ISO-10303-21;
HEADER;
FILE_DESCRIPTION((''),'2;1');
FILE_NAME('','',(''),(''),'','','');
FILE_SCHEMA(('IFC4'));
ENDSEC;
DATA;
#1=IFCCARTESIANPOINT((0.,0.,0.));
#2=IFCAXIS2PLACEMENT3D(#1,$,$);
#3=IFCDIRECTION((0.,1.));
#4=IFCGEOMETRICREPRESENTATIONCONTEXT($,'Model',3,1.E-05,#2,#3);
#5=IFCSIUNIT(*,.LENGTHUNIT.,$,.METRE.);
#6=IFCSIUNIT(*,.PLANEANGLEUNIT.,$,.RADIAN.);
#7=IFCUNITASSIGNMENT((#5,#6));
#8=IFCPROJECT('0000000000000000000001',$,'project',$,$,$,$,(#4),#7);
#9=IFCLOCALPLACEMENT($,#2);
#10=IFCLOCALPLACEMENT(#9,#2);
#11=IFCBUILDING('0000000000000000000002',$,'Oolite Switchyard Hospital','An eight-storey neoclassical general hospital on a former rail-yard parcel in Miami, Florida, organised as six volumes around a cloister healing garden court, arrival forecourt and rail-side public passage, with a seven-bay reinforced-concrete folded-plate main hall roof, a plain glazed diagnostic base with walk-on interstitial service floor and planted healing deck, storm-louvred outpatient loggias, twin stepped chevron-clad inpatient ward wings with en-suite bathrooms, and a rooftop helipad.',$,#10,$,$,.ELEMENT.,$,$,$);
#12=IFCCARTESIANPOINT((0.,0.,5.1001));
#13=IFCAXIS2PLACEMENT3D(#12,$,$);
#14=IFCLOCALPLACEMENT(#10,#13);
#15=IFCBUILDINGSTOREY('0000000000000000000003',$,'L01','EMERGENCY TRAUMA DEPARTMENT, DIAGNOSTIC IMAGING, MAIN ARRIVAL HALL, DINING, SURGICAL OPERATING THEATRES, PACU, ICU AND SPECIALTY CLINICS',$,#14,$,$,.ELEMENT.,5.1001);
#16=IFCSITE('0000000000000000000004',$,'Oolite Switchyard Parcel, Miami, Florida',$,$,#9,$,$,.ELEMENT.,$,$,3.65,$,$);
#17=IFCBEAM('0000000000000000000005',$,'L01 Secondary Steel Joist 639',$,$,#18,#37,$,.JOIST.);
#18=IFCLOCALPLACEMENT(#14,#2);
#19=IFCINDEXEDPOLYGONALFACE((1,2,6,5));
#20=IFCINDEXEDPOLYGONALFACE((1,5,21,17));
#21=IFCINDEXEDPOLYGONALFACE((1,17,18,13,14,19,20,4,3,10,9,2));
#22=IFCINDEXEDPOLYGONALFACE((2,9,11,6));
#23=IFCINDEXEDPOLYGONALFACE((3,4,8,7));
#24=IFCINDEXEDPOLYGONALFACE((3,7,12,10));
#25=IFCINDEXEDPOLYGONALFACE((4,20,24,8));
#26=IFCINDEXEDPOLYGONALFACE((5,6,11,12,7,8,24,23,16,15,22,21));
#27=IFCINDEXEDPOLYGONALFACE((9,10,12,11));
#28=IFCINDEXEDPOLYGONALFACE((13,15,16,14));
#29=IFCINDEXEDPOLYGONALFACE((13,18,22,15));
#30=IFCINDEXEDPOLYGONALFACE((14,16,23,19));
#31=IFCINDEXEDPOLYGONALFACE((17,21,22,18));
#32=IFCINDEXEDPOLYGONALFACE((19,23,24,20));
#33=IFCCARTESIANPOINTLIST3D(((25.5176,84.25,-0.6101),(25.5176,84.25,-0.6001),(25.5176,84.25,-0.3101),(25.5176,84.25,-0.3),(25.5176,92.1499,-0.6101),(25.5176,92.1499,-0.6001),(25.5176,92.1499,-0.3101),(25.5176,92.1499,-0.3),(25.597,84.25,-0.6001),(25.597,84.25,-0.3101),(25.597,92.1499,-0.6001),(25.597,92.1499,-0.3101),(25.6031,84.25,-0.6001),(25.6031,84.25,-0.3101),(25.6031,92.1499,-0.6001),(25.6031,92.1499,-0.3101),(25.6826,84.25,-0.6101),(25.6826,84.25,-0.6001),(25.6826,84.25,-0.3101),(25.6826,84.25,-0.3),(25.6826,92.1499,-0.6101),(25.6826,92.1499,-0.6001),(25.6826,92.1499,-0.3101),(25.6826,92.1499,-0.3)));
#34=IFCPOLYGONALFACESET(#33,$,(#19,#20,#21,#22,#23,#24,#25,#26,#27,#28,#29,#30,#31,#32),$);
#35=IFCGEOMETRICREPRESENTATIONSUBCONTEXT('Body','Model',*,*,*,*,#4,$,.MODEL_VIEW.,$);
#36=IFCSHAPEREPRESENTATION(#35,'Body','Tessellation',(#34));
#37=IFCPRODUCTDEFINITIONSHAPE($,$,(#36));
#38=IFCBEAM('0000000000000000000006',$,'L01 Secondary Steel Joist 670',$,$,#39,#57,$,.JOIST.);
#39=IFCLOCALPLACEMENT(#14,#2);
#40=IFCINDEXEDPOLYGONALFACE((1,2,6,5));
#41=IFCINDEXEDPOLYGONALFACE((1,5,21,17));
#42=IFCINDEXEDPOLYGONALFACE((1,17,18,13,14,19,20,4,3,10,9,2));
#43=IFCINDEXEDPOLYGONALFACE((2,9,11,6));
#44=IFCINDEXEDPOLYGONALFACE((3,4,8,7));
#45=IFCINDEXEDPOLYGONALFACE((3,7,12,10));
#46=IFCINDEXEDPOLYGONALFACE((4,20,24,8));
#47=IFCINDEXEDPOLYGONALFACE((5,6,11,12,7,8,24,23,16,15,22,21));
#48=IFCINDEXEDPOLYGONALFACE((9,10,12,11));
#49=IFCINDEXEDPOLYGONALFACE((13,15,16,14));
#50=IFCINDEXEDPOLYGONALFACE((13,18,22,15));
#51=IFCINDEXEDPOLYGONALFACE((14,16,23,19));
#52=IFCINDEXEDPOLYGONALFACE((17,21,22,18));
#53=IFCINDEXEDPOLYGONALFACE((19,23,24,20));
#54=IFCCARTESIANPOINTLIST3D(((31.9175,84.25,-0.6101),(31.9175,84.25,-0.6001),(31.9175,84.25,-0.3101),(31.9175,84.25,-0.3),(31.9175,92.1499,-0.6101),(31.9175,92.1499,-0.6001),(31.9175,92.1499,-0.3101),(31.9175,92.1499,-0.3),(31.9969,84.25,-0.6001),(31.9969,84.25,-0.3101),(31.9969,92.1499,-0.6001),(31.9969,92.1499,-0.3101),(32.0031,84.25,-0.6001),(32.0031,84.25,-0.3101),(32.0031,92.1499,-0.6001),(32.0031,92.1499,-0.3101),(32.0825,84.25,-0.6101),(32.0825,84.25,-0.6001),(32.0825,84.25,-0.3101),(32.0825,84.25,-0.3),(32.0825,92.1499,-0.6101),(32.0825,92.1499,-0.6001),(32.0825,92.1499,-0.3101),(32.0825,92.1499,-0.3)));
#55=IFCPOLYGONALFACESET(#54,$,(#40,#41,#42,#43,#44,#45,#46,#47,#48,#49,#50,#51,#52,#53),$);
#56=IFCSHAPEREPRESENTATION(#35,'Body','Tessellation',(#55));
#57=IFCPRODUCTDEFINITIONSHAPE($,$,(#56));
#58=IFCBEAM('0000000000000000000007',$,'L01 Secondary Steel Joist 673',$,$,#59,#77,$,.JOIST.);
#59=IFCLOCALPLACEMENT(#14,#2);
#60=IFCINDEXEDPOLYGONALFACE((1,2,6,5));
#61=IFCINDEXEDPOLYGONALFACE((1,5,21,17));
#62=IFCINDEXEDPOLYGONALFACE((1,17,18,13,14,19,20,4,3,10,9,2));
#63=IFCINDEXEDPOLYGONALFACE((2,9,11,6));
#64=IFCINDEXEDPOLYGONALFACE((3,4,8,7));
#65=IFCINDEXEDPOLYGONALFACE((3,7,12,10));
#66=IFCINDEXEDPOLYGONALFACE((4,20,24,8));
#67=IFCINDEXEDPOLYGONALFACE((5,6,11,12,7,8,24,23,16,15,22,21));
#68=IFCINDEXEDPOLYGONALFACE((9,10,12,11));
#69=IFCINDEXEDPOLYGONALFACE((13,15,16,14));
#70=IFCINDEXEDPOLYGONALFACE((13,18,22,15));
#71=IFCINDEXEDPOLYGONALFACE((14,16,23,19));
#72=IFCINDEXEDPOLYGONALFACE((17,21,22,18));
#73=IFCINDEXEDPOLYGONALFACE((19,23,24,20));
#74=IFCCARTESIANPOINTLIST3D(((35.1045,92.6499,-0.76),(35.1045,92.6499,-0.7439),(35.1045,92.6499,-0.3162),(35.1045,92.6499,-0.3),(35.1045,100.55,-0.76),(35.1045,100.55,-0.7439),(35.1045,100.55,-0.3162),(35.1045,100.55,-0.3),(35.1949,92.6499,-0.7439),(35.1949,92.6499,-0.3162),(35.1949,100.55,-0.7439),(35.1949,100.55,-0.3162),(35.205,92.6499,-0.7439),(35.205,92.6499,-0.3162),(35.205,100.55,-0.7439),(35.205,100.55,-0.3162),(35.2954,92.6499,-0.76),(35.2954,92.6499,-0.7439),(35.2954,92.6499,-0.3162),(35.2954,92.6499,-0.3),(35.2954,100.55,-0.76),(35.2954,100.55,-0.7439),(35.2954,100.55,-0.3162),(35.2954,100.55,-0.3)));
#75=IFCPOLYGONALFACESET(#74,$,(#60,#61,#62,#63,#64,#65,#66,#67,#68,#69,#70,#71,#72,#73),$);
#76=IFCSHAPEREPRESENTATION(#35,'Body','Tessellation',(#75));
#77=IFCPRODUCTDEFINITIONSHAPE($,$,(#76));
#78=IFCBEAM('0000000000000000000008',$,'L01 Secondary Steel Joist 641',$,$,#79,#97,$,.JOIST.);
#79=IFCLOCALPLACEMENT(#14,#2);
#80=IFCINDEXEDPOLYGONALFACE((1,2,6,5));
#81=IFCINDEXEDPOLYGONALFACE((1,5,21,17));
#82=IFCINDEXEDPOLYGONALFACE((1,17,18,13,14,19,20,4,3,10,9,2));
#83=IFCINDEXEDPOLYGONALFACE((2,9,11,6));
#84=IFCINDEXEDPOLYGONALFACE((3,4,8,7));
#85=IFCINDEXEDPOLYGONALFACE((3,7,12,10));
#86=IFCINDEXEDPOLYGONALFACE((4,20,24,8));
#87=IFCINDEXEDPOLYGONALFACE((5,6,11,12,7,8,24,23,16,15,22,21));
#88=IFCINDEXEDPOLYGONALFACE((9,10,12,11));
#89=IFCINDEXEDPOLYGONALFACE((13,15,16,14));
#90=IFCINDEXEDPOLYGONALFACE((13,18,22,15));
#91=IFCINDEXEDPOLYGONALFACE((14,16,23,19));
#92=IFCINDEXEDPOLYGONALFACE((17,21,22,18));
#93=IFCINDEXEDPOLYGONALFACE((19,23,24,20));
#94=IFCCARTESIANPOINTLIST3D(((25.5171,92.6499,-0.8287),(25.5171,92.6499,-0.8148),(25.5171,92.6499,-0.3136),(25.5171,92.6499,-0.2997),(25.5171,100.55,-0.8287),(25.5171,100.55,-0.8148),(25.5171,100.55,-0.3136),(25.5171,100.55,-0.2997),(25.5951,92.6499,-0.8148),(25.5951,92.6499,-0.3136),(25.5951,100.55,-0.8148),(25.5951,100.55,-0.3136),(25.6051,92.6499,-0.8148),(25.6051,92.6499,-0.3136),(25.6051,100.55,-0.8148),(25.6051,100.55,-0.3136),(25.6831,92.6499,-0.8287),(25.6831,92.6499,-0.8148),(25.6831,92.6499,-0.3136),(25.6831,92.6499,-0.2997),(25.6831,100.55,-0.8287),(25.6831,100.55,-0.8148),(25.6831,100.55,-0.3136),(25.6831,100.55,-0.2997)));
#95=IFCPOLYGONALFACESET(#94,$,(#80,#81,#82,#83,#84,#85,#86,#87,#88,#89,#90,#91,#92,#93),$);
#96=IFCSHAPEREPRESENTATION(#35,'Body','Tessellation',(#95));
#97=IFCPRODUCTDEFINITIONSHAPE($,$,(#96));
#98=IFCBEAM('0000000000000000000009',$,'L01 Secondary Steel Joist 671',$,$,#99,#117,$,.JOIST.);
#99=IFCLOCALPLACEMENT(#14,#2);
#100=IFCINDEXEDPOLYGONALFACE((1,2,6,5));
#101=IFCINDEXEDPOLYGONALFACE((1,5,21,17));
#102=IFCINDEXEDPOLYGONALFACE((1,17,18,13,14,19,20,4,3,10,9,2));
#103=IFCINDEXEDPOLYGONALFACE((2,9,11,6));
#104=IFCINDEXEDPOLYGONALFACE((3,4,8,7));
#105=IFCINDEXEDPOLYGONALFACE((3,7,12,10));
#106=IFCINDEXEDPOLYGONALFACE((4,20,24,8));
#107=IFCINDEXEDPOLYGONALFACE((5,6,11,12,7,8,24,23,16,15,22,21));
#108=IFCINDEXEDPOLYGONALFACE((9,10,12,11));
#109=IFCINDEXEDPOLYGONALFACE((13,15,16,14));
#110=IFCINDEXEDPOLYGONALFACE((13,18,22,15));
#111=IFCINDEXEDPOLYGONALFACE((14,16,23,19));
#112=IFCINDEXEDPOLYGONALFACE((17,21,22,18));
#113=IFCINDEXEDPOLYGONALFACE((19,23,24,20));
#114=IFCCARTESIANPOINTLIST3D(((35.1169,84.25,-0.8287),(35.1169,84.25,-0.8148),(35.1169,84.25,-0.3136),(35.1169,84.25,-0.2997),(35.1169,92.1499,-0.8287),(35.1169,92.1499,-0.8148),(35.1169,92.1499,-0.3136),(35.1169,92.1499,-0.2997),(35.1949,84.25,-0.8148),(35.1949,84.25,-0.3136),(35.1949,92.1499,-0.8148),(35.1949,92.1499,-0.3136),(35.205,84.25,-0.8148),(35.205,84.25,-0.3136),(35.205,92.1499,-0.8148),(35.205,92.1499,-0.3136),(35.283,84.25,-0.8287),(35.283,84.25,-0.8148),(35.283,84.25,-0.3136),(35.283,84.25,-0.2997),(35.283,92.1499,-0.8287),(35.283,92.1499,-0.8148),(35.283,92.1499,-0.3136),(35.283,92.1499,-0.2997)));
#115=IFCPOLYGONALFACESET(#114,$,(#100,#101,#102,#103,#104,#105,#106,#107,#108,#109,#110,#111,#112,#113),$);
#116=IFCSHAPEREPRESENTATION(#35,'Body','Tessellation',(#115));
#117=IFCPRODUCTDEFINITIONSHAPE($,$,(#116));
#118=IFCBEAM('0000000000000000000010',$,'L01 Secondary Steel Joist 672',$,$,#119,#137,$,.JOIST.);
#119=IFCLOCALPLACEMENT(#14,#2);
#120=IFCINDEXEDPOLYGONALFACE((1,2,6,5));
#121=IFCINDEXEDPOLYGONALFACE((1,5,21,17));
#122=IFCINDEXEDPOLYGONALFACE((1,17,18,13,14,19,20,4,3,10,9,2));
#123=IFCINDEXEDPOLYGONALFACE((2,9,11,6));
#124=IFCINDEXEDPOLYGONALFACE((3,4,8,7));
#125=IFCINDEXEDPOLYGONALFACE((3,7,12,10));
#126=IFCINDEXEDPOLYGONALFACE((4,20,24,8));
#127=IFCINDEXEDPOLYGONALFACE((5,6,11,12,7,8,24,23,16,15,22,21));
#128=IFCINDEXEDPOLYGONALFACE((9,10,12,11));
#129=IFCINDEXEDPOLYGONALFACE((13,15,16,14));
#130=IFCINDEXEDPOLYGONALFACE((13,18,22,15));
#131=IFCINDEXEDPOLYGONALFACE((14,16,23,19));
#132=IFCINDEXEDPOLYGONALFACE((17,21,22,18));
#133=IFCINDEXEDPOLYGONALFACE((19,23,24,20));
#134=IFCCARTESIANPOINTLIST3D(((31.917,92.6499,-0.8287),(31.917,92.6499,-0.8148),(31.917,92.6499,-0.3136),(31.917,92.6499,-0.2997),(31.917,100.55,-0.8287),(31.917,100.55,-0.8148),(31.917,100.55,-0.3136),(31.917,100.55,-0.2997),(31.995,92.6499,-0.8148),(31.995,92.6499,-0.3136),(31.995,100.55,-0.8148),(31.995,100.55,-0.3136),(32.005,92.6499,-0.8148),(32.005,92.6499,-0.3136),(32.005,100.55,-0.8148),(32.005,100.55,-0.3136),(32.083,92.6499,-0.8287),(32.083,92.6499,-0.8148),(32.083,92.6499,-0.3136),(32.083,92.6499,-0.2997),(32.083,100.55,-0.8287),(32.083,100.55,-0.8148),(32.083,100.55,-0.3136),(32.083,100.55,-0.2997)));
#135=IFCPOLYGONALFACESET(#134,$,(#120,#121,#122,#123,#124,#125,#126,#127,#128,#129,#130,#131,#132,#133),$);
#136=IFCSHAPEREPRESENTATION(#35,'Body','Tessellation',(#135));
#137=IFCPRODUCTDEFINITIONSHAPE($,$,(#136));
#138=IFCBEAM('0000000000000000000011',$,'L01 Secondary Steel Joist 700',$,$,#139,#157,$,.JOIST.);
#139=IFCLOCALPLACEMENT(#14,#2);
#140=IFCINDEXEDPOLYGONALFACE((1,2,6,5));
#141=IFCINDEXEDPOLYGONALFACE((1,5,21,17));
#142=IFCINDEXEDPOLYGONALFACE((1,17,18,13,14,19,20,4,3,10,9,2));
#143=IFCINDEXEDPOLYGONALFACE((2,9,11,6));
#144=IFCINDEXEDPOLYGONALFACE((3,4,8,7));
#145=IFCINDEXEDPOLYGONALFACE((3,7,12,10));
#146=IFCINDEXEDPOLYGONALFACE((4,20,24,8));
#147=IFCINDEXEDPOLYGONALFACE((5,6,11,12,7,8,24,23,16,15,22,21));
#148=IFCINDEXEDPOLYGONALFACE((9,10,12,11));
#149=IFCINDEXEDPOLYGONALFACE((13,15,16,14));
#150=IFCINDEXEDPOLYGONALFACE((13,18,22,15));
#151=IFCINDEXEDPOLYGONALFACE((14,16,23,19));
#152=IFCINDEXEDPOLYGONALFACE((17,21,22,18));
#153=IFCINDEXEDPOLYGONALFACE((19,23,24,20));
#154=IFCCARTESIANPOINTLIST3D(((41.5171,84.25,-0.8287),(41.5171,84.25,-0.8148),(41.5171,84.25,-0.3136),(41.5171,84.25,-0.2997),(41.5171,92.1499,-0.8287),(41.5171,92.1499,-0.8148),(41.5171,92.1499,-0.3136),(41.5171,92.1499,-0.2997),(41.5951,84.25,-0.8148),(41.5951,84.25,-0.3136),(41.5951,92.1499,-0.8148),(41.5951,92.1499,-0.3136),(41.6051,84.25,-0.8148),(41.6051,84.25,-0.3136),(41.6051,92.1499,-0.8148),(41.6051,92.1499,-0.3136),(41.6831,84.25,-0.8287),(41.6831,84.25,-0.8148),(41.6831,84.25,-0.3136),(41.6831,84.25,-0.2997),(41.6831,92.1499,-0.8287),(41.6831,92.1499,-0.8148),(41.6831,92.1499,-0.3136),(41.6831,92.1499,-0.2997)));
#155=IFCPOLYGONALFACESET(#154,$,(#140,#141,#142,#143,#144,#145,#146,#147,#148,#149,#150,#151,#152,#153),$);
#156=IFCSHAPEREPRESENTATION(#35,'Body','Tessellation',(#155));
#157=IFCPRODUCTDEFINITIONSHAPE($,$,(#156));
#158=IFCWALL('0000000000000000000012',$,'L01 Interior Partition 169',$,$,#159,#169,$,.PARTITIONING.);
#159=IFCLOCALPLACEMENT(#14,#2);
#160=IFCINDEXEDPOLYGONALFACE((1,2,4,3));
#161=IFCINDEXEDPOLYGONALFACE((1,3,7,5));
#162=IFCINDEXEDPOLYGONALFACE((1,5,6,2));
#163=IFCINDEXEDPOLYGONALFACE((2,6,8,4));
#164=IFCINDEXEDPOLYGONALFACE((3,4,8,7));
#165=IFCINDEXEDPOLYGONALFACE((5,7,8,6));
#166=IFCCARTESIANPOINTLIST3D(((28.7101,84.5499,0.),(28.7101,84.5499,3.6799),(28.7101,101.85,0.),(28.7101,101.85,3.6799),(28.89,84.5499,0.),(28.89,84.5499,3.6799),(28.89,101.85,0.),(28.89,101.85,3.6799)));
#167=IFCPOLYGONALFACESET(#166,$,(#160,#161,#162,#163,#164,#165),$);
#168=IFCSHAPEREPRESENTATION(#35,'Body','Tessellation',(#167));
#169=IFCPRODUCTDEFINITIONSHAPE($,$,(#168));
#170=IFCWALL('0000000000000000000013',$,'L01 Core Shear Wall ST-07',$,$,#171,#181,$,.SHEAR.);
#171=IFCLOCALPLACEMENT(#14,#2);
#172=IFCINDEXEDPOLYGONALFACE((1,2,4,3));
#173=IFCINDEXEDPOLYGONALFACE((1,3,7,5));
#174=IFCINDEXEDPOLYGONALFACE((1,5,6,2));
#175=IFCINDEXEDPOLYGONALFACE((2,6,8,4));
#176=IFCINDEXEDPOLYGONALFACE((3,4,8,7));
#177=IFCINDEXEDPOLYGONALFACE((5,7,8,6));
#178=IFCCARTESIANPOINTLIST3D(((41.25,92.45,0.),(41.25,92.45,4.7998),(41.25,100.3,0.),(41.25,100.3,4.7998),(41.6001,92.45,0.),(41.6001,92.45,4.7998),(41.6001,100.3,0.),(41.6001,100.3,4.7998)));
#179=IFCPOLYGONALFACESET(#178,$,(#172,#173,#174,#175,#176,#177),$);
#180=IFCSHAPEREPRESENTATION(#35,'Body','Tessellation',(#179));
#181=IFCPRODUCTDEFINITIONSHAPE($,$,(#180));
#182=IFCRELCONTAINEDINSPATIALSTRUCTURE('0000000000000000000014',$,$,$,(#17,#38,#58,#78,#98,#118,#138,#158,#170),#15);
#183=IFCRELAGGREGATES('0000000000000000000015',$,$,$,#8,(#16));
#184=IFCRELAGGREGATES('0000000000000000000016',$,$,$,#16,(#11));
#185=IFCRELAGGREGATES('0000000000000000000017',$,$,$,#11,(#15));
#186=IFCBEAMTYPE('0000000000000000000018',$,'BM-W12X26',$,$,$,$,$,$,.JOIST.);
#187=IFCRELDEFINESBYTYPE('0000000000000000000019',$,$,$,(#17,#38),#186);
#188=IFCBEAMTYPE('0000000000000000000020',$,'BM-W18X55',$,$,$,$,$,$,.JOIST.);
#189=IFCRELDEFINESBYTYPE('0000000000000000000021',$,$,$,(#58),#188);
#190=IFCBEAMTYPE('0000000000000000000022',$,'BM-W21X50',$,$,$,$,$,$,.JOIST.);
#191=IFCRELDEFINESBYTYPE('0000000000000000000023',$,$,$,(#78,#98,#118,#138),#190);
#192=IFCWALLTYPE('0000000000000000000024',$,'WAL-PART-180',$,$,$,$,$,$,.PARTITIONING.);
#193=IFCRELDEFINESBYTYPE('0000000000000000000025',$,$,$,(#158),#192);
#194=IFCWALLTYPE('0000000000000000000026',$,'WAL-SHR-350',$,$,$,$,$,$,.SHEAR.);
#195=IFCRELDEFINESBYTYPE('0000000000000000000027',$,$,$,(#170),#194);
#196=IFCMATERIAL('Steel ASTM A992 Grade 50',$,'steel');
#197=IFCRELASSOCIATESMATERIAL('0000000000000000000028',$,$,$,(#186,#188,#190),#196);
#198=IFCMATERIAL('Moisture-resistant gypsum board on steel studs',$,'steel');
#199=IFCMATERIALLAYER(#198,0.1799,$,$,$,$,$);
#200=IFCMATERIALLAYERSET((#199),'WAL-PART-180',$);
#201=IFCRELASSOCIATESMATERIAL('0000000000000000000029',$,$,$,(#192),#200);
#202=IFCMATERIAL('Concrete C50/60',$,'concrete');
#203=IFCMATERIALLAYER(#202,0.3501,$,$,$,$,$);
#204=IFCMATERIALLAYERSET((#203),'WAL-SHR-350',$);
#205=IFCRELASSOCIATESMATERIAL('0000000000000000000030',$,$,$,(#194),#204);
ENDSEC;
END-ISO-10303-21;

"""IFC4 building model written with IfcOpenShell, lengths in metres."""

from ifc_helpers import new_model, si_unit, direction, frame, frame_2d, origin, origin_2d, place, context, subcontext, project, spatial, rectangle, i_section, extrude, material, layer, layer_set, material_profile, profile_set, type_object, element, save


model = new_model("IFC4")

# Units and contexts
model_context = context("Model", 3, precision=1e-05, world=origin(), true_north=direction((0.0, 1.0)))
body_context = subcontext(model_context, "Body", "Model", "MODEL_VIEW")
ifc_project = project(units=[si_unit("LENGTHUNIT", "METRE"), si_unit("PLANEANGLEUNIT", "RADIAN")], contexts=[model_context])

# Site, building, storey
site_placement = place(None, origin())
site = spatial("IfcSite", under=ifc_project, at=site_placement, Name="Oolite Switchyard Parcel, Miami, Florida", CompositionType="ELEMENT", RefElevation=3.65)
building_placement = place(site_placement, origin())
building = spatial("IfcBuilding", under=site, at=building_placement, Name="Oolite Switchyard Hospital", Description="An eight-storey neoclassical general hospital on a former rail-yard parcel in Miami, Florida, organised as six volumes around a cloister healing garden court, arrival forecourt and rail-side public passage, with a seven-bay reinforced-concrete folded-plate main hall roof, a plain glazed diagnostic base with walk-on interstitial service floor and planted healing deck, storm-louvred outpatient loggias, twin stepped chevron-clad inpatient ward wings with en-suite bathrooms, and a rooftop helipad.", CompositionType="ELEMENT")
storey_placement = place(building_placement, frame((0.0, 0.0, 5.1001)))
storey = spatial("IfcBuildingStorey", under=building, at=storey_placement, Name="L01", Description="EMERGENCY TRAUMA DEPARTMENT, DIAGNOSTIC IMAGING, MAIN ARRIVAL HALL, DINING, SURGICAL OPERATING THEATRES, PACU, ICU AND SPECIALTY CLINICS", CompositionType="ELEMENT", Elevation=5.1001)

# Shared definitions
ifc_material_1 = material(Name="Concrete C50/60", Category="concrete")

# Beams
ifc_material_2 = material(Name="Steel ASTM A992 Grade 50", Category="steel")
ifc_material_profile_1 = material_profile(ifc_material_2, i_section(OverallWidth=0.165, OverallDepth=0.3101, WebThickness=0.0061, FlangeThickness=0.01, at=origin_2d()), Name="W12X26")
ifc_profile_set_1 = profile_set([ifc_material_profile_1], Name="Steel ASTM A992 Grade 50")
beam_type_1 = type_object("IfcBeamType", Name="BM-W12X26", PredefinedType="JOIST", material=ifc_profile_set_1)
for number, where, z_axis, x_axis, name in (
    (1, (25.6001, 84.25, -0.4551), (0.0, 1.0, 0.0), (-1.0, 0.0, 0.0), "L01 Secondary Steel Joist 639"),
    (2, (32.0, 84.25, -0.4551), (0.0, 1.0, 0.0), (-1.0, 0.0, 0.0), "L01 Secondary Steel Joist 670"),
):
    element("IfcBeam", number, at=place(storey_placement, frame(where, z_axis=z_axis, x_axis=x_axis)), inside=storey, type_object=beam_type_1, Name=name, PredefinedType="JOIST", context=body_context, shape_type="SweptSolid", body=[
        extrude(i_section(OverallWidth=0.165, OverallDepth=0.3101, WebThickness=0.0061, FlangeThickness=0.01, at=origin_2d()), origin(), (0.0, 0.0, 1.0), 7.8999),
    ])
ifc_material_profile_2 = material_profile(ifc_material_2, i_section(OverallWidth=0.1909, OverallDepth=0.46, WebThickness=0.01, FlangeThickness=0.0161, at=origin_2d()), Name="W18X55")
ifc_profile_set_2 = profile_set([ifc_material_profile_2], Name="Steel ASTM A992 Grade 50")
beam_type_2 = type_object("IfcBeamType", Name="BM-W18X55", PredefinedType="JOIST", material=ifc_profile_set_2)
beam_1_placement = place(storey_placement, frame((35.2, 92.6499, -0.53), z_axis=(0.0, 1.0, 0.0), x_axis=(-1.0, 0.0, 0.0)))
element("IfcBeam", 3, at=beam_1_placement, inside=storey, type_object=beam_type_2, Name="L01 Secondary Steel Joist 673", PredefinedType="JOIST", context=body_context, shape_type="SweptSolid", body=[
    extrude(i_section(OverallWidth=0.1909, OverallDepth=0.46, WebThickness=0.01, FlangeThickness=0.0161, at=origin_2d()), origin(), (0.0, 0.0, 1.0), 7.9001),
])
ifc_material_profile_3 = material_profile(ifc_material_2, i_section(OverallWidth=0.166, OverallDepth=0.5291, WebThickness=0.01, FlangeThickness=0.0139, at=origin_2d()), Name="W21X50")
ifc_profile_set_3 = profile_set([ifc_material_profile_3], Name="Steel ASTM A992 Grade 50")
beam_type_3 = type_object("IfcBeamType", Name="BM-W21X50", PredefinedType="JOIST", material=ifc_profile_set_3)
beam_2_placement = place(storey_placement, frame((25.6001, 92.6499, -0.5642), z_axis=(0.0, 1.0, 0.0), x_axis=(-1.0, 0.0, 0.0)))
element("IfcBeam", 4, at=beam_2_placement, inside=storey, type_object=beam_type_3, Name="L01 Secondary Steel Joist 641", PredefinedType="JOIST", context=body_context, shape_type="SweptSolid", body=[
    extrude(i_section(OverallWidth=0.166, OverallDepth=0.5291, WebThickness=0.01, FlangeThickness=0.0139, at=origin_2d()), origin(), (0.0, 0.0, 1.0), 7.9001),
])
beam_3_placement = place(storey_placement, frame((35.2, 84.25, -0.5642), z_axis=(0.0, 1.0, 0.0), x_axis=(-1.0, 0.0, 0.0)))
element("IfcBeam", 5, at=beam_3_placement, inside=storey, type_object=beam_type_3, Name="L01 Secondary Steel Joist 671", PredefinedType="JOIST", context=body_context, shape_type="SweptSolid", body=[
    extrude(i_section(OverallWidth=0.166, OverallDepth=0.5291, WebThickness=0.01, FlangeThickness=0.0139, at=origin_2d()), origin(), (0.0, 0.0, 1.0), 7.8999),
])
beam_4_placement = place(storey_placement, frame((32.0, 92.6499, -0.5642), z_axis=(0.0, 1.0, 0.0), x_axis=(-1.0, 0.0, 0.0)))
element("IfcBeam", 6, at=beam_4_placement, inside=storey, type_object=beam_type_3, Name="L01 Secondary Steel Joist 672", PredefinedType="JOIST", context=body_context, shape_type="SweptSolid", body=[
    extrude(i_section(OverallWidth=0.166, OverallDepth=0.5291, WebThickness=0.01, FlangeThickness=0.0139, at=origin_2d()), origin(), (0.0, 0.0, 1.0), 7.9001),
])
beam_5_placement = place(storey_placement, frame((41.6001, 84.25, -0.5642), z_axis=(0.0, 1.0, 0.0), x_axis=(-1.0, 0.0, 0.0)))
element("IfcBeam", 7, at=beam_5_placement, inside=storey, type_object=beam_type_3, Name="L01 Secondary Steel Joist 700", PredefinedType="JOIST", context=body_context, shape_type="SweptSolid", body=[
    extrude(i_section(OverallWidth=0.166, OverallDepth=0.5291, WebThickness=0.01, FlangeThickness=0.0139, at=origin_2d()), origin(), (0.0, 0.0, 1.0), 7.8999),
])

# Walls
ifc_material_3 = material(Name="Moisture-resistant gypsum board on steel studs", Category="steel")
ifc_layer_1 = layer(ifc_material_3, 0.1799)
ifc_layer_set_1 = layer_set([ifc_layer_1], Name="WAL-PART-180")
wall_type_1 = type_object("IfcWallType", Name="WAL-PART-180", PredefinedType="PARTITIONING", material=ifc_layer_set_1)
wall_1_placement = place(storey_placement, frame((28.8, 84.55, 0.0), z_axis=(0.0, 0.0, 1.0), x_axis=(0.0, 1.0, 0.0)))
element("IfcWall", 8, at=wall_1_placement, inside=storey, type_object=wall_type_1, Name="L01 Interior Partition 169", PredefinedType="PARTITIONING", context=body_context, shape_type="SweptSolid", body=[
    extrude(rectangle(XDim=17.3, YDim=0.1799, at=frame_2d((8.6499, 0.0))), origin(), (0.0, 0.0, 1.0), 3.6799),
])
ifc_layer_2 = layer(ifc_material_1, 0.3501)
ifc_layer_set_2 = layer_set([ifc_layer_2], Name="WAL-SHR-350")
wall_type_2 = type_object("IfcWallType", Name="WAL-SHR-350", PredefinedType="SHEAR", material=ifc_layer_set_2)
wall_2_placement = place(storey_placement, frame((41.425, 100.3, 0.0), z_axis=(0.0, 0.0, 1.0), x_axis=(0.0, -1.0, 0.0)))
element("IfcWall", 9, at=wall_2_placement, inside=storey, type_object=wall_type_2, Name="L01 Core Shear Wall ST-07", PredefinedType="SHEAR", context=body_context, shape_type="SweptSolid", body=[
    extrude(rectangle(XDim=7.8501, YDim=0.3501, at=frame_2d((3.925, 0.0))), origin(), (0.0, 0.0, 1.0), 4.7998),
])

save(model, "model.ifc")
